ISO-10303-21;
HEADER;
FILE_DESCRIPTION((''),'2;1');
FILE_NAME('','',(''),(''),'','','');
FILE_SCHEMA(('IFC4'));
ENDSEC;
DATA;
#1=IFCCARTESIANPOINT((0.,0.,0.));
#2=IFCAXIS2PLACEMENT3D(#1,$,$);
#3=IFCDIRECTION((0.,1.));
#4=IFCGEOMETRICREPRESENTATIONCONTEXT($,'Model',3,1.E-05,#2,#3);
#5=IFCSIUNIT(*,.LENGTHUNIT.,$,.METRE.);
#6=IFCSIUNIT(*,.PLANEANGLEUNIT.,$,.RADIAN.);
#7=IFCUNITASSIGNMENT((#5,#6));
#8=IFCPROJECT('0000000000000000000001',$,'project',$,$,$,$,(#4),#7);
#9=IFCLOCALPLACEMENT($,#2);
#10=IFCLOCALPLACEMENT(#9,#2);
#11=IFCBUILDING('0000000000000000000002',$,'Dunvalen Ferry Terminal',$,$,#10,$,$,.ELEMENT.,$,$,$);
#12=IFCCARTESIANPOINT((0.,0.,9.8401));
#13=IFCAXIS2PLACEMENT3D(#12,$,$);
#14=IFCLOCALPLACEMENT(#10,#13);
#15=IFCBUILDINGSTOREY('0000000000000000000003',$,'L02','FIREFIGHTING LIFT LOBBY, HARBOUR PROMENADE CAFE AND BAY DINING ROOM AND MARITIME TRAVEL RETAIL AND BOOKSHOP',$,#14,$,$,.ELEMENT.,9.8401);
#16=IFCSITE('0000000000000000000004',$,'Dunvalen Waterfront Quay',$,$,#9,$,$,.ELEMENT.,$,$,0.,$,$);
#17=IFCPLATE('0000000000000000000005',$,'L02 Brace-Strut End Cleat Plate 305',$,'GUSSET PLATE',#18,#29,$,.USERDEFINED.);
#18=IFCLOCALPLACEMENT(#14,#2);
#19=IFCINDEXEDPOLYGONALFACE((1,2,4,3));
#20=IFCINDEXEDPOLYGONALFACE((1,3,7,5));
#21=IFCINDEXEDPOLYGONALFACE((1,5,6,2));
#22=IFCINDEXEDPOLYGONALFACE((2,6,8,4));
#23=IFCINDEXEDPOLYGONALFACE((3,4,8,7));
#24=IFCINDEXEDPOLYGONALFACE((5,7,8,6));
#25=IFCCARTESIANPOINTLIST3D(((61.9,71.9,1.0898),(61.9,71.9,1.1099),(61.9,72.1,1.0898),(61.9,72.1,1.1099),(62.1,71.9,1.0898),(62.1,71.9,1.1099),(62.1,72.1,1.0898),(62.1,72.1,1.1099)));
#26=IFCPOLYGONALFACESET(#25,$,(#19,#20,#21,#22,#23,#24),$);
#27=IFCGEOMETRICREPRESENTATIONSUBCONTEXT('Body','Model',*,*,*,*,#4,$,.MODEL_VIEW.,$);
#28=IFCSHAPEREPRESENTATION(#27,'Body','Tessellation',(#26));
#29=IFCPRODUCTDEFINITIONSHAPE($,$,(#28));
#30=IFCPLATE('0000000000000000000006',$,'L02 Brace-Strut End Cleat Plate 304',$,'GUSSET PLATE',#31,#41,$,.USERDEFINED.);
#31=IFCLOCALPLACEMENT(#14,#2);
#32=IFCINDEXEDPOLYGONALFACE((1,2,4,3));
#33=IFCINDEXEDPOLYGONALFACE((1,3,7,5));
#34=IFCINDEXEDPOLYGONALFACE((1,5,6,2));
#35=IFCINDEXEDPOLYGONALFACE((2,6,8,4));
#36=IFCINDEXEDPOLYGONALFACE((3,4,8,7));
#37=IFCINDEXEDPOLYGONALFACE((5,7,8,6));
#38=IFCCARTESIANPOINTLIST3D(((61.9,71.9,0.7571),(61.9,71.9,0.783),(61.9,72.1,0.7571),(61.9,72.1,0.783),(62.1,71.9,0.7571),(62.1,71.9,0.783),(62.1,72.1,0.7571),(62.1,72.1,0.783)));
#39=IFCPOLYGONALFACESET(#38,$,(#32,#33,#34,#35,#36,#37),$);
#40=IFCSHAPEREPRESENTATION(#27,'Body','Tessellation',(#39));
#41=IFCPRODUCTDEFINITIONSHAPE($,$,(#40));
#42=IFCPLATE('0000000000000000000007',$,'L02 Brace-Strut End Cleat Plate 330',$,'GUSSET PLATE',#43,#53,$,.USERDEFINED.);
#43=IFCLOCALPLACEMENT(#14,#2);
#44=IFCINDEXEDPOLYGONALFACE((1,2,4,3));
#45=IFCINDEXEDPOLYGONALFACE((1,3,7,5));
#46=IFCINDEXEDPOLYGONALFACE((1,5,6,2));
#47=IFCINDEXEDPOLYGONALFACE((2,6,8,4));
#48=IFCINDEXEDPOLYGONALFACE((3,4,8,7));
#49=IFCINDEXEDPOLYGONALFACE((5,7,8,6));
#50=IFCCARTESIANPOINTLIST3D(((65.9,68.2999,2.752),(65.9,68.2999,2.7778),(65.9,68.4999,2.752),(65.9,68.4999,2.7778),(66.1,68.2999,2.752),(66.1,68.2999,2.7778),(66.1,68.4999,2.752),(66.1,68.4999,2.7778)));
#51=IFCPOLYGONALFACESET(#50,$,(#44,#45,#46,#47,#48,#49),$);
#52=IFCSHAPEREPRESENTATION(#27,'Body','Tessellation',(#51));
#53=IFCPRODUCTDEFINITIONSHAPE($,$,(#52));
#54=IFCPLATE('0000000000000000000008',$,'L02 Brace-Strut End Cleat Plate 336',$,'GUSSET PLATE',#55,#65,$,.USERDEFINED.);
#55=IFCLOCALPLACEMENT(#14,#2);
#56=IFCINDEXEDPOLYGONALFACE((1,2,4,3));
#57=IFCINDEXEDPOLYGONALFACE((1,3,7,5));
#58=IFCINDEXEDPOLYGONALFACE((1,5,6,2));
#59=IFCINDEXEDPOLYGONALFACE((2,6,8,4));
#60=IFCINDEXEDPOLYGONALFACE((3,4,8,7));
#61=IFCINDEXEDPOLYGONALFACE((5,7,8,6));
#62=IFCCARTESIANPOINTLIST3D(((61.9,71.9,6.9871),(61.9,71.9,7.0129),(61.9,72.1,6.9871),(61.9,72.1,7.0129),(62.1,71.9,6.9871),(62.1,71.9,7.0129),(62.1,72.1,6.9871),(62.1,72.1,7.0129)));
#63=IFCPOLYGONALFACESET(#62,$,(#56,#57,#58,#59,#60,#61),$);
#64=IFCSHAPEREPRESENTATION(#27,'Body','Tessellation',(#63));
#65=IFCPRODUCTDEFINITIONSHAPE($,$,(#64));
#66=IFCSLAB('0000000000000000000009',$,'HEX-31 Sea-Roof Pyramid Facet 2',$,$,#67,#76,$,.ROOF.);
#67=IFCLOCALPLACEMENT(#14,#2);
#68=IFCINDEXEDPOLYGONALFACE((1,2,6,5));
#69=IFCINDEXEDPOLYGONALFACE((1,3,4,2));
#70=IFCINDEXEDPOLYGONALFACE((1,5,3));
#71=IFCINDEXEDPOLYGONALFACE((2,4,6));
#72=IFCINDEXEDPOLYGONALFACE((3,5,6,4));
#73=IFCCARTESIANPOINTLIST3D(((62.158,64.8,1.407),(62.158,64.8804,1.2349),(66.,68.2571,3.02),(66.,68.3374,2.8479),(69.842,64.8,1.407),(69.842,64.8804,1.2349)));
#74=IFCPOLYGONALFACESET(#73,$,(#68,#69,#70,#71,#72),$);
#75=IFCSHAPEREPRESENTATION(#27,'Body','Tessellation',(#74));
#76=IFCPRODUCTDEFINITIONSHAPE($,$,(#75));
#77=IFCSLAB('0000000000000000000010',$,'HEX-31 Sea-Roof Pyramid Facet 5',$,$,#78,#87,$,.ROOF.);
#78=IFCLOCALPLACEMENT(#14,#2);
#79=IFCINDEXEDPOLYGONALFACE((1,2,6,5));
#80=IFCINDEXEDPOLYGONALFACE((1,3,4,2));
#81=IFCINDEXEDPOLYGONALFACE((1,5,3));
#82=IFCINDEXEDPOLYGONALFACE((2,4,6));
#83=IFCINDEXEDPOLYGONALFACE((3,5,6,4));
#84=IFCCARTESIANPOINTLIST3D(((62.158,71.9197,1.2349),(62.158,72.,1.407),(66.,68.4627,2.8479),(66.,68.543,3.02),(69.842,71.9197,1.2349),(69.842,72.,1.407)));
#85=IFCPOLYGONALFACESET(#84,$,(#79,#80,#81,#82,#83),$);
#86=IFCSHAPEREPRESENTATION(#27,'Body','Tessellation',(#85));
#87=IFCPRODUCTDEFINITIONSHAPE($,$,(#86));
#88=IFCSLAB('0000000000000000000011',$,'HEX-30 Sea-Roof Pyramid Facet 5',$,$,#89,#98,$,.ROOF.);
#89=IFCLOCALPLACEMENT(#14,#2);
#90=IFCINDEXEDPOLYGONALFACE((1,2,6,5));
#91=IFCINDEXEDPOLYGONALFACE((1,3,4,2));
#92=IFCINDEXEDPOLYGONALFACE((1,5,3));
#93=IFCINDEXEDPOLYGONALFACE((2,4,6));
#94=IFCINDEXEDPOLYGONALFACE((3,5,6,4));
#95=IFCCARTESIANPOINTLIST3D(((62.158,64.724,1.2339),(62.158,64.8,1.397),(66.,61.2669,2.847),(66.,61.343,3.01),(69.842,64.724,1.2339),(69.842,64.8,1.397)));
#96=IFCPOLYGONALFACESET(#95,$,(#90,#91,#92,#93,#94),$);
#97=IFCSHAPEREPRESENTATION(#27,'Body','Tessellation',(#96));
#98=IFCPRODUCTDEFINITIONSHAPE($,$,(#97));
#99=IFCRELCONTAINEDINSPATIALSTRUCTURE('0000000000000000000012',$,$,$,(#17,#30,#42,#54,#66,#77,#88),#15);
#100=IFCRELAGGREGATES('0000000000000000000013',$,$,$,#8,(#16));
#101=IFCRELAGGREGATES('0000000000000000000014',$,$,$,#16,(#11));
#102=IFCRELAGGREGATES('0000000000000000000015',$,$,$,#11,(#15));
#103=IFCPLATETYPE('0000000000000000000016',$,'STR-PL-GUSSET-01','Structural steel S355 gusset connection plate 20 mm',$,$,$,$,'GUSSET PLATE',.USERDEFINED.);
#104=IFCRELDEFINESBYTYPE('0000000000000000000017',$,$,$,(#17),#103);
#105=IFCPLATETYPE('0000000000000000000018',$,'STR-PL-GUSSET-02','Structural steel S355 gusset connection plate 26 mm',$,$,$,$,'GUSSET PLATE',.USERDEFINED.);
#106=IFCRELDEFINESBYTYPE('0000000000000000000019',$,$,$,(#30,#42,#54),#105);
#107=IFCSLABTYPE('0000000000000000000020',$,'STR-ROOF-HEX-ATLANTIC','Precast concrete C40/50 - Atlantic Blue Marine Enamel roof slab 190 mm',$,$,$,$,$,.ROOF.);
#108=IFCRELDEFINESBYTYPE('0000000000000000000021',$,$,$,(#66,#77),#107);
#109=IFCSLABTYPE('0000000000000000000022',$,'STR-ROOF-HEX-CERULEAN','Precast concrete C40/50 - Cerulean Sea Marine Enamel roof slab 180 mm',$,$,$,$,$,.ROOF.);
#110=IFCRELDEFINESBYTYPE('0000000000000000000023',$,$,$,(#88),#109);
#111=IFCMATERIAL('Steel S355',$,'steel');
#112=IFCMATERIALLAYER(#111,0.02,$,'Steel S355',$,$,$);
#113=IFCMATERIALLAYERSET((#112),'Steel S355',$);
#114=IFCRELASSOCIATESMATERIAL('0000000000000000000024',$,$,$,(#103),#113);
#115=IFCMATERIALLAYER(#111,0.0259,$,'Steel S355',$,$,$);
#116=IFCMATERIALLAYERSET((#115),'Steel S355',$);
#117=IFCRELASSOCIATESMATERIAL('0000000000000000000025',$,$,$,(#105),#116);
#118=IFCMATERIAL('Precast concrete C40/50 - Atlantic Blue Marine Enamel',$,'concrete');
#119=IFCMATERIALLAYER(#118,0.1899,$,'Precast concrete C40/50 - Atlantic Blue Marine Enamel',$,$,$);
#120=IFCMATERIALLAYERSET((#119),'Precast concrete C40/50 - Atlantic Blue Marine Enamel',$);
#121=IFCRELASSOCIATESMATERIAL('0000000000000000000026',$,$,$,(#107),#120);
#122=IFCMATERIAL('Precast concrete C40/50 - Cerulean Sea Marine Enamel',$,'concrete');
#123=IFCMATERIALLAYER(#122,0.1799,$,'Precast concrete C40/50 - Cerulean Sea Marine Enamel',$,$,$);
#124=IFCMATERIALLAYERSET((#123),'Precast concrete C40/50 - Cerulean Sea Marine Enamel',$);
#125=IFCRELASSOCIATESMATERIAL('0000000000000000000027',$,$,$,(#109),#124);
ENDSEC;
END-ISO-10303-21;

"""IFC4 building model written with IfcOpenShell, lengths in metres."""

from ifc_helpers import new_model, si_unit, direction, frame, origin, origin_2d, place, context, subcontext, project, spatial, polyline, rectangle, outline, extrude, material, layer, layer_set, type_object, element, save


model = new_model("IFC4")

# Units and contexts
model_context = context("Model", 3, precision=1e-05, world=origin(), true_north=direction((0.0, 1.0)))
body_context = subcontext(model_context, "Body", "Model", "MODEL_VIEW")
ifc_project = project(units=[si_unit("LENGTHUNIT", "METRE"), si_unit("PLANEANGLEUNIT", "RADIAN")], contexts=[model_context])

# Site, building, storey
site_placement = place(None, origin())
site = spatial("IfcSite", under=ifc_project, at=site_placement, Name="Dunvalen Waterfront Quay", CompositionType="ELEMENT", RefElevation=0.0)
building_placement = place(site_placement, origin())
building = spatial("IfcBuilding", under=site, at=building_placement, Name="Dunvalen Ferry Terminal", CompositionType="ELEMENT")
storey_placement = place(building_placement, frame((0.0, 0.0, 9.8401)))
storey = spatial("IfcBuildingStorey", under=building, at=storey_placement, Name="L02", Description="FIREFIGHTING LIFT LOBBY, HARBOUR PROMENADE CAFE AND BAY DINING ROOM AND MARITIME TRAVEL RETAIL AND BOOKSHOP", CompositionType="ELEMENT", Elevation=9.8401)

# Shared definitions
ifc_material_1 = material(Name="Steel S355", Category="steel")

# Plates
ifc_layer_1 = layer(ifc_material_1, 0.02, Name="Steel S355")
ifc_layer_set_1 = layer_set([ifc_layer_1], Name="Steel S355")
plate_type_1 = type_object("IfcPlateType", Name="STR-PL-GUSSET-01", Description="Structural steel S355 gusset connection plate 20 mm", ElementType="GUSSET PLATE", PredefinedType="USERDEFINED", material=ifc_layer_set_1)
plate_1_placement = place(storey_placement, frame((62.0, 72.0, 1.0898), z_axis=(0.0, 0.0, 1.0), x_axis=(1.0, 0.0, 0.0)))
element("IfcPlate", 1, at=plate_1_placement, inside=storey, type_object=plate_type_1, Name="L02 Brace-Strut End Cleat Plate 305", ObjectType="GUSSET PLATE", PredefinedType="USERDEFINED", context=body_context, shape_type="SweptSolid", body=[
    extrude(rectangle(XDim=0.2, YDim=0.2, at=origin_2d()), origin(), (0.0, 0.0, 1.0), 0.02),
])
ifc_layer_2 = layer(ifc_material_1, 0.0259, Name="Steel S355")
ifc_layer_set_2 = layer_set([ifc_layer_2], Name="Steel S355")
plate_type_2 = type_object("IfcPlateType", Name="STR-PL-GUSSET-02", Description="Structural steel S355 gusset connection plate 26 mm", ElementType="GUSSET PLATE", PredefinedType="USERDEFINED", material=ifc_layer_set_2)
for number, where, z_axis, x_axis, name in (
    (2, (62.0, 72.0, 0.7571), (0.0, 0.0, 1.0), (1.0, 0.0, 0.0), "L02 Brace-Strut End Cleat Plate 304"),
    (3, (66.0, 68.3999, 2.752), (0.0, 0.0, 1.0), (1.0, 0.0, 0.0), "L02 Brace-Strut End Cleat Plate 330"),
    (4, (62.0, 72.0, 6.9871), (0.0, 0.0, 1.0), (1.0, 0.0, 0.0), "L02 Brace-Strut End Cleat Plate 336"),
):
    element("IfcPlate", number, at=place(storey_placement, frame(where, z_axis=z_axis, x_axis=x_axis)), inside=storey, type_object=plate_type_2, Name=name, ObjectType="GUSSET PLATE", PredefinedType="USERDEFINED", context=body_context, shape_type="SweptSolid", body=[
        extrude(rectangle(XDim=0.2, YDim=0.2, at=origin_2d()), origin(), (0.0, 0.0, 1.0), 0.0259),
    ])

# Slabs
ifc_material_2 = material(Name="Precast concrete C40/50 - Atlantic Blue Marine Enamel", Category="concrete")
ifc_layer_3 = layer(ifc_material_2, 0.1899, Name="Precast concrete C40/50 - Atlantic Blue Marine Enamel")
ifc_layer_set_3 = layer_set([ifc_layer_3], Name="Precast concrete C40/50 - Atlantic Blue Marine Enamel")
slab_type_1 = type_object("IfcSlabType", Name="STR-ROOF-HEX-ATLANTIC", Description="Precast concrete C40/50 - Atlantic Blue Marine Enamel roof slab 190 mm", PredefinedType="ROOF", material=ifc_layer_set_3)
for number, where, z_axis, x_axis, name in (
    (5, (62.158, 64.8, 1.407), (0.0, -0.422833, 0.906208), (1.0, 0.0, 0.0), "HEX-31 Sea-Roof Pyramid Facet 2"),
    (6, (69.842, 72.0, 1.407), (0.0, 0.422833, 0.906208), (-1.0, 0.0, 0.0), "HEX-31 Sea-Roof Pyramid Facet 5"),
):
    element("IfcSlab", number, at=place(storey_placement, frame(where, z_axis=z_axis, x_axis=x_axis)), inside=storey, type_object=slab_type_1, Name=name, PredefinedType="ROOF", context=body_context, shape_type="SweptSolid", body=[
        extrude(outline(polyline([(0.0, 0.0), (7.6841, 0.0), (3.842, 3.8148), (0.0, 0.0)])), origin(), (0.0, 0.0, -1.0), 0.1899),
    ])
ifc_material_3 = material(Name="Precast concrete C40/50 - Cerulean Sea Marine Enamel", Category="concrete")
ifc_layer_4 = layer(ifc_material_3, 0.1799, Name="Precast concrete C40/50 - Cerulean Sea Marine Enamel")
ifc_layer_set_4 = layer_set([ifc_layer_4], Name="Precast concrete C40/50 - Cerulean Sea Marine Enamel")
slab_type_2 = type_object("IfcSlabType", Name="STR-ROOF-HEX-CERULEAN", Description="Precast concrete C40/50 - Cerulean Sea Marine Enamel roof slab 180 mm", PredefinedType="ROOF", material=ifc_layer_set_4)
slab_placement = place(storey_placement, frame((69.842, 64.8, 1.397), z_axis=(0.0, 0.422833, 0.906208), x_axis=(-1.0, 0.0, 0.0)))
element("IfcSlab", 7, at=slab_placement, inside=storey, type_object=slab_type_2, Name="HEX-30 Sea-Roof Pyramid Facet 5", PredefinedType="ROOF", context=body_context, shape_type="SweptSolid", body=[
    extrude(outline(polyline([(0.0, 0.0), (7.6841, 0.0), (3.842, 3.8148), (0.0, 0.0)])), origin(), (0.0, 0.0, -1.0), 0.1799),
])

save(model, "model.ifc")
